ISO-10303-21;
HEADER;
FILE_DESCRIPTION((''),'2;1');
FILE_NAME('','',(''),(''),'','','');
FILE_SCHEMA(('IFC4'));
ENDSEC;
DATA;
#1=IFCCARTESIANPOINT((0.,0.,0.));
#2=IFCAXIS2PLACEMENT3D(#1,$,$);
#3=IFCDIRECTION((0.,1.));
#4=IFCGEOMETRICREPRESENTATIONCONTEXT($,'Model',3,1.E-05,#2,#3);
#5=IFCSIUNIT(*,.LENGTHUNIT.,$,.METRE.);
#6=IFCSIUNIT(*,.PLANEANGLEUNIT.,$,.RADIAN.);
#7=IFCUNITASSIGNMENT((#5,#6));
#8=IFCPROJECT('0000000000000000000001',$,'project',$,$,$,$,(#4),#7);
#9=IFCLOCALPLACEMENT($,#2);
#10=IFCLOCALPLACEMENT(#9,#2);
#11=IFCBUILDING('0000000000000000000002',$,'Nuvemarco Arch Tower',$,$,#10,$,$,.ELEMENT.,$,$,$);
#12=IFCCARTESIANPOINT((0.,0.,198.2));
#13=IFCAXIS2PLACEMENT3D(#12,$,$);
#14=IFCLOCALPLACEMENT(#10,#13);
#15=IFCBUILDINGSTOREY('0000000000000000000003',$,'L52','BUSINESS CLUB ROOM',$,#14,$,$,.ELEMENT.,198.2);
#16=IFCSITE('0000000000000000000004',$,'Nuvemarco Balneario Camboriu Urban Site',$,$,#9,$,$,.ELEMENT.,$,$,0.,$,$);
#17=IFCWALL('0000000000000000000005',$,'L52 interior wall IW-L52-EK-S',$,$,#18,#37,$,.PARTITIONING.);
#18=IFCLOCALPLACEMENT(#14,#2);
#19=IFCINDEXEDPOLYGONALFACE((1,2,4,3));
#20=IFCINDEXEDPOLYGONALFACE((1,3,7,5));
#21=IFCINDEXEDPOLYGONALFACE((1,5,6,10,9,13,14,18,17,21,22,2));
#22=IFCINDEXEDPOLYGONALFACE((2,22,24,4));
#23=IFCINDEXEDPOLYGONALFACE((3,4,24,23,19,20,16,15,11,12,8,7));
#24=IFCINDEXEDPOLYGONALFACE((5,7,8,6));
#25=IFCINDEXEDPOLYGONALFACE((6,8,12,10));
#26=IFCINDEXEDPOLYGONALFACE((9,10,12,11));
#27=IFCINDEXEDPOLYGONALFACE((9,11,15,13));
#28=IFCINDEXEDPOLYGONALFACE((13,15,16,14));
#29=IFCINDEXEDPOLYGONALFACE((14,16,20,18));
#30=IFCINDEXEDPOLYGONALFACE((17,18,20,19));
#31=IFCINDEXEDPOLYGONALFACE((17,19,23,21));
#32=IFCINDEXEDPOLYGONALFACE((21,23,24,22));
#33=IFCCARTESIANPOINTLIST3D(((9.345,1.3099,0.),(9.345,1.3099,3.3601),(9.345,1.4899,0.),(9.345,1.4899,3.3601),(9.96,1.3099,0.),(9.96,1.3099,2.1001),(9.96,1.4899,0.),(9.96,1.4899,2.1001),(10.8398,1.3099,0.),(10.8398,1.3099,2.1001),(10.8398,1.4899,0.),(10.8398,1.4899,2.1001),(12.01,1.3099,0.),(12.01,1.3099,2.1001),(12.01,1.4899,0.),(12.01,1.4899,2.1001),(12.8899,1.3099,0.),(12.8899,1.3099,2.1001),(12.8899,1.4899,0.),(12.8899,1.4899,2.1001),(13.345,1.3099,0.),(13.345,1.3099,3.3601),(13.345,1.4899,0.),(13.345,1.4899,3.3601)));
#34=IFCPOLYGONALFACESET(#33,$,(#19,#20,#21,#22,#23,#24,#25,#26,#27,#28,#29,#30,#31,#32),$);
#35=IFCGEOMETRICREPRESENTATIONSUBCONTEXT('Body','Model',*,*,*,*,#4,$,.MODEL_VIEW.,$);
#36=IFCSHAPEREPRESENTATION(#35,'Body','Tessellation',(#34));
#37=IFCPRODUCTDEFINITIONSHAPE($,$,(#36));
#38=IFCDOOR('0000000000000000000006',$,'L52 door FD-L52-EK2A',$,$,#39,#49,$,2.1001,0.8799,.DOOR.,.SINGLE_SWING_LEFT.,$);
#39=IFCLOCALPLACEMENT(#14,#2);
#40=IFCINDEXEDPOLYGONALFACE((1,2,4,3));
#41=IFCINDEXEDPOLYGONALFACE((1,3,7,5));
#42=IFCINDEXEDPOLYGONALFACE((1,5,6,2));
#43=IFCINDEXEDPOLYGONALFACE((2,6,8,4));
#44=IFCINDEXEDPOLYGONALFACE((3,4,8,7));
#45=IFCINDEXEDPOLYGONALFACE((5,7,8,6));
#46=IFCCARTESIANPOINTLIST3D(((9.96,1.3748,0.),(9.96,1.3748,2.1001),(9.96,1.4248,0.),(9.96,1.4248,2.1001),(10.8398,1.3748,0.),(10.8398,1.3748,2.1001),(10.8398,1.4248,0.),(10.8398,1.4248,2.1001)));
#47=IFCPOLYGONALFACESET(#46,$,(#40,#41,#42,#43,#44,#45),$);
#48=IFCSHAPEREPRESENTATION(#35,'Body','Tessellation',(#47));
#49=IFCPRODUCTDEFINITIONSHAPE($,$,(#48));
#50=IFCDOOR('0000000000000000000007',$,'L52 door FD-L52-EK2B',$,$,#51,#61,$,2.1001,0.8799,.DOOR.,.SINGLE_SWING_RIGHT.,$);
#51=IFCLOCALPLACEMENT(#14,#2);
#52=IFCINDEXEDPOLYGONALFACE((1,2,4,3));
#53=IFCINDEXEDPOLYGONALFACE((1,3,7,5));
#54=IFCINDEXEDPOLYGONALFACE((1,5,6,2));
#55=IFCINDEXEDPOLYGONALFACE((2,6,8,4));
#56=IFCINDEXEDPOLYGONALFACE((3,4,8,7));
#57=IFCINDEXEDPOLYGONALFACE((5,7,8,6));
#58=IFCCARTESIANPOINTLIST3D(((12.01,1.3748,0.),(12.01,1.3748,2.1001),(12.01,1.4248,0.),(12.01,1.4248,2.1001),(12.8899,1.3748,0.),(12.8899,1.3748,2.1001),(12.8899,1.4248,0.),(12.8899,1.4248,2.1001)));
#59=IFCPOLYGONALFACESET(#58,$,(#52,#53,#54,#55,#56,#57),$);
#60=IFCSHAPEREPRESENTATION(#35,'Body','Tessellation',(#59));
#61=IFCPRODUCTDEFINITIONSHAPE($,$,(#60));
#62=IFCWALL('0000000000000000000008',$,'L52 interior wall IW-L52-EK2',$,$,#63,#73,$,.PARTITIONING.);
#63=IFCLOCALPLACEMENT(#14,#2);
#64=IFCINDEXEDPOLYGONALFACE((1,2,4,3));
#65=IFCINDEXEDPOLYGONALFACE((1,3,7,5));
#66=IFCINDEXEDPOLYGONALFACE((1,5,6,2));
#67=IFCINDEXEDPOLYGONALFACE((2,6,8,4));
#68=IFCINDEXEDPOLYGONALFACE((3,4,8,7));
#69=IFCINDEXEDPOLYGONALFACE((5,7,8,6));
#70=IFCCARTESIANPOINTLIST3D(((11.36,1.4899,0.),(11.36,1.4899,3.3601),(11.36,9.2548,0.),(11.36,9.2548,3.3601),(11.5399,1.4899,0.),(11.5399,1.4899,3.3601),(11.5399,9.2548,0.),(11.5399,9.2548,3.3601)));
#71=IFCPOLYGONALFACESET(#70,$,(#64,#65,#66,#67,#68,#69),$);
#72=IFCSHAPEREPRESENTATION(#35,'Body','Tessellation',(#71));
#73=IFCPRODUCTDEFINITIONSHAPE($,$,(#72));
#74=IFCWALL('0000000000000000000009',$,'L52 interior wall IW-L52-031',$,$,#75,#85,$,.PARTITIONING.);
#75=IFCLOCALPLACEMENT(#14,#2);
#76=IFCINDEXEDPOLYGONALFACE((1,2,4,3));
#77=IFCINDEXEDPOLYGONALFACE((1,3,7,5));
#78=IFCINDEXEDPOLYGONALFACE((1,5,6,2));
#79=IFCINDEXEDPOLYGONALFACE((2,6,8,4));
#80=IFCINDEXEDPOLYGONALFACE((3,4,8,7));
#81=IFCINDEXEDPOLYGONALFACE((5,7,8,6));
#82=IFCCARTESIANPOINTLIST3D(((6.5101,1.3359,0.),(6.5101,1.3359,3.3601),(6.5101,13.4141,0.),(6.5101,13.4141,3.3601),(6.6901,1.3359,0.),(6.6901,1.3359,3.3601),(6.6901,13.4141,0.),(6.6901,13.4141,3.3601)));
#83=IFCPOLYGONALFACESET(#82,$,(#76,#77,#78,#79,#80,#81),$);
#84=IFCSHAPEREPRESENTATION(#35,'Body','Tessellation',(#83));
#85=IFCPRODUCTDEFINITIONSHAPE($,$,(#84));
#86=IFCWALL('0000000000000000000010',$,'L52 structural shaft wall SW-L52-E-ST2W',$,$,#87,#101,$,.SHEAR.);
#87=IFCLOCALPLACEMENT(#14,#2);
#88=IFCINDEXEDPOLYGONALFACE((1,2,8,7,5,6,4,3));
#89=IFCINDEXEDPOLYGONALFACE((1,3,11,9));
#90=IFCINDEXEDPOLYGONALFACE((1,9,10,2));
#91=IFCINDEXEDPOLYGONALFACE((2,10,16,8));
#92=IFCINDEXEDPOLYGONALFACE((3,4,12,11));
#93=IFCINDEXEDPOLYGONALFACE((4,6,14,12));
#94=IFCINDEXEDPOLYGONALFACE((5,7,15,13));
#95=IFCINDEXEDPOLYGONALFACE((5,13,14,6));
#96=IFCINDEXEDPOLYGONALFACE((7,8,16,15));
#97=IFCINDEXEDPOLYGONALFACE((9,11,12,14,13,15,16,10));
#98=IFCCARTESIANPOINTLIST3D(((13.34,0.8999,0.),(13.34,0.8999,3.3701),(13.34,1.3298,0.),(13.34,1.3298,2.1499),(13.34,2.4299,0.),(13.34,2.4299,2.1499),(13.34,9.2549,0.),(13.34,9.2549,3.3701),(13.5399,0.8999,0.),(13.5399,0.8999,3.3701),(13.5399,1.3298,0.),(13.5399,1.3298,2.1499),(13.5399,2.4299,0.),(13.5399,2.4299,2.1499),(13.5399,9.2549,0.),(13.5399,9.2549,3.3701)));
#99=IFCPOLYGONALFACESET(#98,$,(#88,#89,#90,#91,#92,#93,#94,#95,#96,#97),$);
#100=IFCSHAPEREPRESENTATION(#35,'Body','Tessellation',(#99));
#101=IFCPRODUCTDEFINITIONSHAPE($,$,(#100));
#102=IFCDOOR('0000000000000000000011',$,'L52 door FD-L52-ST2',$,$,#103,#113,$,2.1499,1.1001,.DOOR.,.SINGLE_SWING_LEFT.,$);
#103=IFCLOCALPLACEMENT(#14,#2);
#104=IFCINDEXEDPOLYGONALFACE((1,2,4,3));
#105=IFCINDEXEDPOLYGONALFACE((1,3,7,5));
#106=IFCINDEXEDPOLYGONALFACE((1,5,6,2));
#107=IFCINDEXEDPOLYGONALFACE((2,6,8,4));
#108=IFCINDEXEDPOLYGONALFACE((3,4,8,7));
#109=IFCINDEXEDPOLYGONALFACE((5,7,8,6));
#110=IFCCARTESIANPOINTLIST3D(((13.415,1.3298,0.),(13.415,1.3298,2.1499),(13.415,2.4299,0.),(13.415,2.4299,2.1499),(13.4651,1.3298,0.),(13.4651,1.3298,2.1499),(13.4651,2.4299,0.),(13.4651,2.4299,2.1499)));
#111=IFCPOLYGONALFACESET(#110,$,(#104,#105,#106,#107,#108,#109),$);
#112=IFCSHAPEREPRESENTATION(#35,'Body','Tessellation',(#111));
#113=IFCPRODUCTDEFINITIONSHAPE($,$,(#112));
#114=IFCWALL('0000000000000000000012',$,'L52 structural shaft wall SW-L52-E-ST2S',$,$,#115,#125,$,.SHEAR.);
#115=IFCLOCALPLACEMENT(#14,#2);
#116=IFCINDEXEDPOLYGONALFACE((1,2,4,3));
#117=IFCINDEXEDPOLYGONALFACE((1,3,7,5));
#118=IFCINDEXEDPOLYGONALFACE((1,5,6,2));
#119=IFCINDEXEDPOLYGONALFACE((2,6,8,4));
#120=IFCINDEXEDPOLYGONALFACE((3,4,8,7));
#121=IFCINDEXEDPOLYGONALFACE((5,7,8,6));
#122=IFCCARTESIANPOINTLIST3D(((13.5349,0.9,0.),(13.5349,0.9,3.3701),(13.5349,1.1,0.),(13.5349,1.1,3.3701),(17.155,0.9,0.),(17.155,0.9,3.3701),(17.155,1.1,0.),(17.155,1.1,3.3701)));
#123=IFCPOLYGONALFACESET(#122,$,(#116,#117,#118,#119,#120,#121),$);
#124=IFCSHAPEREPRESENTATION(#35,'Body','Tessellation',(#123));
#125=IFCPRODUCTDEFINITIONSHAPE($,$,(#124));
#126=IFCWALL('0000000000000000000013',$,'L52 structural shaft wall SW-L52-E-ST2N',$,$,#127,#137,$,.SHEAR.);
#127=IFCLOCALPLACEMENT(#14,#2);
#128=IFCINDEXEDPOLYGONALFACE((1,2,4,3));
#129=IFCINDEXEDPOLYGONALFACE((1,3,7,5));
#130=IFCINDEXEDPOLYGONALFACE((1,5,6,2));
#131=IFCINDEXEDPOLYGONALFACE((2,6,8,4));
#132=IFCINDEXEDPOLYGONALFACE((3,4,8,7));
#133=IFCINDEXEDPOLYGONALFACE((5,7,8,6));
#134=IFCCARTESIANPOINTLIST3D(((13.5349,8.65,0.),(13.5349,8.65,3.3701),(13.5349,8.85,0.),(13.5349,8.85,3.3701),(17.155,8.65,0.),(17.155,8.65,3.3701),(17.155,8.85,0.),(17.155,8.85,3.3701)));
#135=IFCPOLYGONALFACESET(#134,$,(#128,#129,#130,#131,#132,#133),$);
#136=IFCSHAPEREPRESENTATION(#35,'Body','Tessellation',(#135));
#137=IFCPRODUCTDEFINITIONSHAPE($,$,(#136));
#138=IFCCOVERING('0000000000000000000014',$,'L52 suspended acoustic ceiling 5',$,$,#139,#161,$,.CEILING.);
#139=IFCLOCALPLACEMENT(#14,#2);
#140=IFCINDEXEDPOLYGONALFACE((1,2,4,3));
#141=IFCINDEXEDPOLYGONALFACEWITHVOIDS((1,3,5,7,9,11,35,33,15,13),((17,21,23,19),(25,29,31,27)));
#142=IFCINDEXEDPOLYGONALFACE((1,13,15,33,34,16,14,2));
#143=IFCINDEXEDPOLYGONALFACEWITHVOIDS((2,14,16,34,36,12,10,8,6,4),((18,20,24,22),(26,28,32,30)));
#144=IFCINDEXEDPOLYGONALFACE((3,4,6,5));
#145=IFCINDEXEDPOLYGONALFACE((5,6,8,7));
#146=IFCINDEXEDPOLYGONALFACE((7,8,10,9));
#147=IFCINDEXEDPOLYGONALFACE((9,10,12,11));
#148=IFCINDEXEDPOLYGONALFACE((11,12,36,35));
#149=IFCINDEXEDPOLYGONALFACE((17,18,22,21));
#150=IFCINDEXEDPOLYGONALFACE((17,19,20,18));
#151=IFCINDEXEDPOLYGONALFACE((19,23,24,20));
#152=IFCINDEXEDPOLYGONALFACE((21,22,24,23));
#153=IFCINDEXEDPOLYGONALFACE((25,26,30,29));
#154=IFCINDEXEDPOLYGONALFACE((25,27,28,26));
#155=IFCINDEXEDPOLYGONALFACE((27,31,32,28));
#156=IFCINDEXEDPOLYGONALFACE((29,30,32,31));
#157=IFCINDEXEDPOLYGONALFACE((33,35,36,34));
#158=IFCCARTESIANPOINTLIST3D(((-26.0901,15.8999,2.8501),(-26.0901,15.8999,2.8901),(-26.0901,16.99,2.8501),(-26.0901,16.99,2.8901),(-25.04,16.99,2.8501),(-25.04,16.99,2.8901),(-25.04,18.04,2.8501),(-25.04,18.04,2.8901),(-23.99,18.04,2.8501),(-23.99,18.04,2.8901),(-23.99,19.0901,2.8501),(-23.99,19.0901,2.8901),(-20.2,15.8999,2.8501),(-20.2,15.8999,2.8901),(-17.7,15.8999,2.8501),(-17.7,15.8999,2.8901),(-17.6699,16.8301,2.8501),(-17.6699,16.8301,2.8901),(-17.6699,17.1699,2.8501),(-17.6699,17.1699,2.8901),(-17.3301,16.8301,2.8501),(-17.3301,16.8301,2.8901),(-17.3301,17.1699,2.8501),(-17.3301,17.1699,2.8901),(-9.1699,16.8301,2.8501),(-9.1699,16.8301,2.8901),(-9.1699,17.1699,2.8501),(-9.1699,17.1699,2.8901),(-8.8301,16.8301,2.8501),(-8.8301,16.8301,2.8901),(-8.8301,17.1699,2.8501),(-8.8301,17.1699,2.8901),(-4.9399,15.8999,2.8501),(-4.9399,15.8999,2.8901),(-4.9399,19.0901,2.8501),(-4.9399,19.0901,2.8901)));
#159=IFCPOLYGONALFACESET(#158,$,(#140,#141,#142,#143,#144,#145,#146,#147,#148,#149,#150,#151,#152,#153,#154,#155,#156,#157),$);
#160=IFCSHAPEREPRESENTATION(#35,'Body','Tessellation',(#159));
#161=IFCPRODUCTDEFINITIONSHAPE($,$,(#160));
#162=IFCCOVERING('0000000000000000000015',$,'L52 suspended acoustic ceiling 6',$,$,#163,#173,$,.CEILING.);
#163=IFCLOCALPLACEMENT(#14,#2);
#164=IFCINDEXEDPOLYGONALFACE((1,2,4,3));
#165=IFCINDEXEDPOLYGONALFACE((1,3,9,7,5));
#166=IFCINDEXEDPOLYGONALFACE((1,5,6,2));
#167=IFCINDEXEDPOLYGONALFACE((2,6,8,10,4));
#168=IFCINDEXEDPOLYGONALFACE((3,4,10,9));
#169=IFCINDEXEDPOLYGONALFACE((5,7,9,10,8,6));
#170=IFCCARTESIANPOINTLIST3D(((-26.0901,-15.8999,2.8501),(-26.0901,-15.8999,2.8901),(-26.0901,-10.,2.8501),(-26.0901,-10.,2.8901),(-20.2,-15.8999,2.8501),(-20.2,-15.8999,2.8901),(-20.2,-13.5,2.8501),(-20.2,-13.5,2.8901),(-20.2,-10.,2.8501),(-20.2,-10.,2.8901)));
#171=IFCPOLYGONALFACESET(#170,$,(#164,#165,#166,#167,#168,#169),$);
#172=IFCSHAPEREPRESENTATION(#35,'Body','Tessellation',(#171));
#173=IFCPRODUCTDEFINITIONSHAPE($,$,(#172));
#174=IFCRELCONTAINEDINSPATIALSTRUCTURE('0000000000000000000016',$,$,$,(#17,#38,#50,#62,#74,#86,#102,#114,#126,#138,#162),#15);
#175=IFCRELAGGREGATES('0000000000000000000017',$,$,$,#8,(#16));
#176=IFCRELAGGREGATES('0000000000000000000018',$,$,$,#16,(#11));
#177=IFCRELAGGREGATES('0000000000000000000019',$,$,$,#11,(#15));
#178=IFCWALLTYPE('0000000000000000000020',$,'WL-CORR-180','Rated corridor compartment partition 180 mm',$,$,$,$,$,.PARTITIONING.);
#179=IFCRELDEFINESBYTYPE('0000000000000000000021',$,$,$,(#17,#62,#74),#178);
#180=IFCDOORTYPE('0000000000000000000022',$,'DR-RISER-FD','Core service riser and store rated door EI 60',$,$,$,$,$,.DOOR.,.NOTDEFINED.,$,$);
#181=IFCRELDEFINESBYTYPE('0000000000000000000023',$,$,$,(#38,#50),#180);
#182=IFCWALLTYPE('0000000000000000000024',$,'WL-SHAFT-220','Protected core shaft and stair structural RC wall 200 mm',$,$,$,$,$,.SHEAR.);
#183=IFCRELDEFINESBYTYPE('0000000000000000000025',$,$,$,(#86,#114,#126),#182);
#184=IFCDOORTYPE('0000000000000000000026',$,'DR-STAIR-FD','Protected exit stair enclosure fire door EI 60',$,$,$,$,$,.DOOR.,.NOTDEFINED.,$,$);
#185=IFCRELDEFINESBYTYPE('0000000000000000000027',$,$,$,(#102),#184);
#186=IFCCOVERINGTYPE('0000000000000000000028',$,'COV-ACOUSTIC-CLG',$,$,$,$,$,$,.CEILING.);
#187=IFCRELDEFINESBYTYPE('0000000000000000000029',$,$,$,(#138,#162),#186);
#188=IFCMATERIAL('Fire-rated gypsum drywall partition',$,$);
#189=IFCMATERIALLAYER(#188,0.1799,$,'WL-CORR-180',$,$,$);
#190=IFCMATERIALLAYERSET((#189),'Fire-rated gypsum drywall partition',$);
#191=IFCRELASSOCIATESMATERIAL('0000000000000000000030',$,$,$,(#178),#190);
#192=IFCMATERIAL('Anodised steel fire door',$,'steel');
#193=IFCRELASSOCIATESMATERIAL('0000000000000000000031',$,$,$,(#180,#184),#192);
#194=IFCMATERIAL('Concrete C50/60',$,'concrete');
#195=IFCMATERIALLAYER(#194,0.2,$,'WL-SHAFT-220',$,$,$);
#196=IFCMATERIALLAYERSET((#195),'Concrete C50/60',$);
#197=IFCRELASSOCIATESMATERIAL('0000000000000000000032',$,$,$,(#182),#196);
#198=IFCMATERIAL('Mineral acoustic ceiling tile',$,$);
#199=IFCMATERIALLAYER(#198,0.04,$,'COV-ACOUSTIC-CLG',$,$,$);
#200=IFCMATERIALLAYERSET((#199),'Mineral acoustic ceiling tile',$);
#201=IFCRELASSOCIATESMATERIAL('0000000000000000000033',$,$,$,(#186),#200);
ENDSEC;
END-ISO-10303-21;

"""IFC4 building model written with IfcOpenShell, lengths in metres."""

from ifc_helpers import new_model, si_unit, direction, frame, frame_2d, origin, place, context, subcontext, project, spatial, polyline, rectangle, outline, extrude, source, transform, mapped, material, layer, layer_set, type_object, type_shapes, element, fill, save


model = new_model("IFC4")

# Units and contexts
model_context = context("Model", 3, precision=1e-05, world=origin(), true_north=direction((0.0, 1.0)))
body_context = subcontext(model_context, "Body", "Model", "MODEL_VIEW")
ifc_project = project(units=[si_unit("LENGTHUNIT", "METRE"), si_unit("PLANEANGLEUNIT", "RADIAN")], contexts=[model_context])

# Site, building, storey
site_placement = place(None, origin())
site = spatial("IfcSite", under=ifc_project, at=site_placement, Name="Nuvemarco Balneario Camboriu Urban Site", CompositionType="ELEMENT", RefElevation=0.0)
building_placement = place(site_placement, origin())
building = spatial("IfcBuilding", under=site, at=building_placement, Name="Nuvemarco Arch Tower", CompositionType="ELEMENT")
storey_placement = place(building_placement, frame((0.0, 0.0, 198.2)))
storey = spatial("IfcBuildingStorey", under=building, at=storey_placement, Name="L52", Description="BUSINESS CLUB ROOM", CompositionType="ELEMENT", Elevation=198.2)

# Shared definitions
ifc_material_1 = material(Name="Concrete C50/60", Category="concrete")

# Wall, openings, doors
ifc_material_2 = material(Name="Fire-rated gypsum drywall partition")
ifc_layer_1 = layer(ifc_material_2, 0.1799, Name="WL-CORR-180")
ifc_layer_set_1 = layer_set([ifc_layer_1], Name="Fire-rated gypsum drywall partition")
wall_type_1 = type_object("IfcWallType", Name="WL-CORR-180", Description="Rated corridor compartment partition 180 mm", PredefinedType="PARTITIONING", material=ifc_layer_set_1)
wall_1_placement = place(storey_placement, frame((9.345, 1.3999, 0.0), z_axis=(0.0, 0.0, 1.0), x_axis=(1.0, 0.0, 0.0)))
wall_1 = element("IfcWall", 1, at=wall_1_placement, inside=storey, type_object=wall_type_1, Name="L52 interior wall IW-L52-EK-S", PredefinedType="PARTITIONING", context=body_context, shape_type="SweptSolid", body=[
    extrude(rectangle(XDim=4.0, YDim=0.1799, at=frame_2d((2.0, 0.0))), origin(), (0.0, 0.0, 1.0), 3.3601),
])
opening_1_placement = place(wall_1_placement, frame((0.615, 0.0, 0.0)))
opening_1 = element("IfcOpeningElement", 2, at=opening_1_placement, cuts=wall_1, PredefinedType="OPENING", context=body_context, shape_type="SweptSolid", body=[
    extrude(rectangle(XDim=0.8799, YDim=2.1001, at=frame_2d((0.4399, 1.05))), frame((0.0, 0.0999, 0.0), z_axis=(0.0, -1.0, 0.0), x_axis=(1.0, 0.0, 0.0)), (0.0, 0.0, 1.0), 0.2),
])
opening_2_placement = place(wall_1_placement, frame((2.665, 0.0, 0.0)))
opening_2 = element("IfcOpeningElement", 3, at=opening_2_placement, cuts=wall_1, PredefinedType="OPENING", context=body_context, shape_type="SweptSolid", body=[
    extrude(rectangle(XDim=0.8799, YDim=2.1001, at=frame_2d((0.4399, 1.05))), frame((0.0, 0.0999, 0.0), z_axis=(0.0, -1.0, 0.0), x_axis=(1.0, 0.0, 0.0)), (0.0, 0.0, 1.0), 0.2),
])
ifc_material_3 = material(Name="Anodised steel fire door", Category="steel")
door_type_1 = type_object("IfcDoorType", Name="DR-RISER-FD", Description="Core service riser and store rated door EI 60", OperationType="NOTDEFINED", PredefinedType="DOOR", material=ifc_material_3)
shared_shape_1 = source(origin(), body_context, "Body", "SweptSolid", [
    extrude(rectangle(XDim=0.8799, YDim=2.1001, at=frame_2d((0.4399, 1.05))), frame((0.0, 0.0249, 0.0), z_axis=(0.0, -1.0, 0.0), x_axis=(1.0, 0.0, 0.0)), (0.0, 0.0, 1.0), 0.05),
])
type_shapes(door_type_1, [shared_shape_1])
door_1_placement = place(opening_1_placement, origin())
door_1 = element("IfcDoor", 4, at=door_1_placement, inside=storey, type_object=door_type_1, Name="L52 door FD-L52-EK2A", OperationType="SINGLE_SWING_LEFT", OverallHeight=2.1001, OverallWidth=0.8799, PredefinedType="DOOR", context=body_context, shape_type="MappedRepresentation", body=[
    mapped(shared_shape_1, transform((0.0, 0.0, 0.0), scale=1.0)),
])
fill(opening_1, door_1)
door_2_placement = place(opening_2_placement, origin())
door_2 = element("IfcDoor", 5, at=door_2_placement, inside=storey, type_object=door_type_1, Name="L52 door FD-L52-EK2B", OperationType="SINGLE_SWING_RIGHT", OverallHeight=2.1001, OverallWidth=0.8799, PredefinedType="DOOR", context=body_context, shape_type="MappedRepresentation", body=[
    mapped(shared_shape_1, transform((0.0, 0.0, 0.0), scale=1.0)),
])
fill(opening_2, door_2)

# Walls
wall_2_placement = place(storey_placement, frame((11.45, 1.49, 0.0), z_axis=(0.0, 0.0, 1.0), x_axis=(0.0, 1.0, 0.0)))
element("IfcWall", 6, at=wall_2_placement, inside=storey, type_object=wall_type_1, Name="L52 interior wall IW-L52-EK2", PredefinedType="PARTITIONING", context=body_context, shape_type="SweptSolid", body=[
    extrude(rectangle(XDim=7.7649, YDim=0.1799, at=frame_2d((3.8823, 0.0))), origin(), (0.0, 0.0, 1.0), 3.3601),
])
wall_3_placement = place(storey_placement, frame((6.6001, 1.3359, 0.0), z_axis=(0.0, 0.0, 1.0), x_axis=(0.0, 1.0, 0.0)))
element("IfcWall", 7, at=wall_3_placement, inside=storey, type_object=wall_type_1, Name="L52 interior wall IW-L52-031", PredefinedType="PARTITIONING", context=body_context, shape_type="SweptSolid", body=[
    extrude(rectangle(XDim=12.0781, YDim=0.1799, at=frame_2d((6.0391, 0.0))), origin(), (0.0, 0.0, 1.0), 3.3601),
])

# Wall, opening, door
ifc_layer_2 = layer(ifc_material_1, 0.2, Name="WL-SHAFT-220")
ifc_layer_set_2 = layer_set([ifc_layer_2], Name="Concrete C50/60")
wall_type_2 = type_object("IfcWallType", Name="WL-SHAFT-220", Description="Protected core shaft and stair structural RC wall 200 mm", PredefinedType="SHEAR", material=ifc_layer_set_2)
wall_4_placement = place(storey_placement, frame((13.4399, 0.8999, 0.0), z_axis=(0.0, 0.0, 1.0), x_axis=(0.0, 1.0, 0.0)))
wall_4 = element("IfcWall", 8, at=wall_4_placement, inside=storey, type_object=wall_type_2, Name="L52 structural shaft wall SW-L52-E-ST2W", PredefinedType="SHEAR", context=body_context, shape_type="SweptSolid", body=[
    extrude(rectangle(XDim=8.355, YDim=0.2, at=frame_2d((4.1775, 0.0))), origin(), (0.0, 0.0, 1.0), 3.3701),
])
opening_3_placement = place(wall_4_placement, frame((0.4299, 0.0, 0.0)))
opening_3 = element("IfcOpeningElement", 9, at=opening_3_placement, cuts=wall_4, PredefinedType="OPENING", context=body_context, shape_type="SweptSolid", body=[
    extrude(rectangle(XDim=1.1001, YDim=2.1499, at=frame_2d((0.55, 1.075))), frame((0.0, 0.1099, 0.0), z_axis=(0.0, -1.0, 0.0), x_axis=(1.0, 0.0, 0.0)), (0.0, 0.0, 1.0), 0.22),
])
door_type_2 = type_object("IfcDoorType", Name="DR-STAIR-FD", Description="Protected exit stair enclosure fire door EI 60", OperationType="NOTDEFINED", PredefinedType="DOOR", material=ifc_material_3)
shared_shape_2 = source(origin(), body_context, "Body", "SweptSolid", [
    extrude(rectangle(XDim=1.1001, YDim=2.1499, at=frame_2d((0.55, 1.075))), frame((0.0, 0.0249, 0.0), z_axis=(0.0, -1.0, 0.0), x_axis=(1.0, 0.0, 0.0)), (0.0, 0.0, 1.0), 0.05),
])
type_shapes(door_type_2, [shared_shape_2])
door_3_placement = place(opening_3_placement, origin())
door_3 = element("IfcDoor", 10, at=door_3_placement, inside=storey, type_object=door_type_2, Name="L52 door FD-L52-ST2", OperationType="SINGLE_SWING_LEFT", OverallHeight=2.1499, OverallWidth=1.1001, PredefinedType="DOOR", context=body_context, shape_type="MappedRepresentation", body=[
    mapped(shared_shape_2, transform((0.0, 0.0, 0.0), scale=1.0)),
])
fill(opening_3, door_3)

# Walls
for number, where, z_axis, x_axis, name in (
    (11, (13.5349, 1.0, 0.0), (0.0, 0.0, 1.0), (1.0, 0.0, 0.0), "L52 structural shaft wall SW-L52-E-ST2S"),
    (12, (13.5349, 8.75, 0.0), (0.0, 0.0, 1.0), (1.0, 0.0, 0.0), "L52 structural shaft wall SW-L52-E-ST2N"),
):
    element("IfcWall", number, at=place(storey_placement, frame(where, z_axis=z_axis, x_axis=x_axis)), inside=storey, type_object=wall_type_2, Name=name, PredefinedType="SHEAR", context=body_context, shape_type="SweptSolid", body=[
        extrude(rectangle(XDim=3.6201, YDim=0.2, at=frame_2d((1.8101, 0.0))), origin(), (0.0, 0.0, 1.0), 3.3701),
    ])

# Coverings
ifc_material_4 = material(Name="Mineral acoustic ceiling tile")
ifc_layer_3 = layer(ifc_material_4, 0.04, Name="COV-ACOUSTIC-CLG")
ifc_layer_set_3 = layer_set([ifc_layer_3], Name="Mineral acoustic ceiling tile")
covering_type_1 = type_object("IfcCoveringType", Name="COV-ACOUSTIC-CLG", PredefinedType="CEILING", material=ifc_layer_set_3)
covering_1_placement = place(storey_placement, frame((0.0, 0.0, 2.8501)))
element("IfcCovering", 13, at=covering_1_placement, inside=storey, type_object=covering_type_1, Name="L52 suspended acoustic ceiling 5", PredefinedType="CEILING", context=body_context, shape_type="SweptSolid", body=[
    extrude(outline(polyline([(-25.04, 16.99), (-25.04, 18.04), (-23.99, 18.04), (-23.99, 19.0901), (-4.9399, 19.0901), (-4.9399, 15.8999), (-17.7, 15.8999), (-20.2, 15.8999), (-26.0901, 15.8999), (-26.0901, 16.99), (-25.04, 16.99)]), holes=[polyline([(-17.3301, 16.8301), (-17.3301, 17.1699), (-17.6699, 17.1699), (-17.6699, 16.8301), (-17.3301, 16.8301)]), polyline([(-8.8301, 16.8301), (-8.8301, 17.1699), (-9.1699, 17.1699), (-9.1699, 16.8301), (-8.8301, 16.8301)])]), origin(), (0.0, 0.0, 1.0), 0.04),
])
covering_2_placement = place(storey_placement, frame((0.0, 0.0, 2.8501)))
element("IfcCovering", 14, at=covering_2_placement, inside=storey, type_object=covering_type_1, Name="L52 suspended acoustic ceiling 6", PredefinedType="CEILING", context=body_context, shape_type="SweptSolid", body=[
    extrude(outline(polyline([(-20.2, -15.8999), (-26.0901, -15.8999), (-26.0901, -10.0), (-20.2, -10.0), (-20.2, -13.5), (-20.2, -15.8999)])), origin(), (0.0, 0.0, 1.0), 0.04),
])

save(model, "model.ifc")
